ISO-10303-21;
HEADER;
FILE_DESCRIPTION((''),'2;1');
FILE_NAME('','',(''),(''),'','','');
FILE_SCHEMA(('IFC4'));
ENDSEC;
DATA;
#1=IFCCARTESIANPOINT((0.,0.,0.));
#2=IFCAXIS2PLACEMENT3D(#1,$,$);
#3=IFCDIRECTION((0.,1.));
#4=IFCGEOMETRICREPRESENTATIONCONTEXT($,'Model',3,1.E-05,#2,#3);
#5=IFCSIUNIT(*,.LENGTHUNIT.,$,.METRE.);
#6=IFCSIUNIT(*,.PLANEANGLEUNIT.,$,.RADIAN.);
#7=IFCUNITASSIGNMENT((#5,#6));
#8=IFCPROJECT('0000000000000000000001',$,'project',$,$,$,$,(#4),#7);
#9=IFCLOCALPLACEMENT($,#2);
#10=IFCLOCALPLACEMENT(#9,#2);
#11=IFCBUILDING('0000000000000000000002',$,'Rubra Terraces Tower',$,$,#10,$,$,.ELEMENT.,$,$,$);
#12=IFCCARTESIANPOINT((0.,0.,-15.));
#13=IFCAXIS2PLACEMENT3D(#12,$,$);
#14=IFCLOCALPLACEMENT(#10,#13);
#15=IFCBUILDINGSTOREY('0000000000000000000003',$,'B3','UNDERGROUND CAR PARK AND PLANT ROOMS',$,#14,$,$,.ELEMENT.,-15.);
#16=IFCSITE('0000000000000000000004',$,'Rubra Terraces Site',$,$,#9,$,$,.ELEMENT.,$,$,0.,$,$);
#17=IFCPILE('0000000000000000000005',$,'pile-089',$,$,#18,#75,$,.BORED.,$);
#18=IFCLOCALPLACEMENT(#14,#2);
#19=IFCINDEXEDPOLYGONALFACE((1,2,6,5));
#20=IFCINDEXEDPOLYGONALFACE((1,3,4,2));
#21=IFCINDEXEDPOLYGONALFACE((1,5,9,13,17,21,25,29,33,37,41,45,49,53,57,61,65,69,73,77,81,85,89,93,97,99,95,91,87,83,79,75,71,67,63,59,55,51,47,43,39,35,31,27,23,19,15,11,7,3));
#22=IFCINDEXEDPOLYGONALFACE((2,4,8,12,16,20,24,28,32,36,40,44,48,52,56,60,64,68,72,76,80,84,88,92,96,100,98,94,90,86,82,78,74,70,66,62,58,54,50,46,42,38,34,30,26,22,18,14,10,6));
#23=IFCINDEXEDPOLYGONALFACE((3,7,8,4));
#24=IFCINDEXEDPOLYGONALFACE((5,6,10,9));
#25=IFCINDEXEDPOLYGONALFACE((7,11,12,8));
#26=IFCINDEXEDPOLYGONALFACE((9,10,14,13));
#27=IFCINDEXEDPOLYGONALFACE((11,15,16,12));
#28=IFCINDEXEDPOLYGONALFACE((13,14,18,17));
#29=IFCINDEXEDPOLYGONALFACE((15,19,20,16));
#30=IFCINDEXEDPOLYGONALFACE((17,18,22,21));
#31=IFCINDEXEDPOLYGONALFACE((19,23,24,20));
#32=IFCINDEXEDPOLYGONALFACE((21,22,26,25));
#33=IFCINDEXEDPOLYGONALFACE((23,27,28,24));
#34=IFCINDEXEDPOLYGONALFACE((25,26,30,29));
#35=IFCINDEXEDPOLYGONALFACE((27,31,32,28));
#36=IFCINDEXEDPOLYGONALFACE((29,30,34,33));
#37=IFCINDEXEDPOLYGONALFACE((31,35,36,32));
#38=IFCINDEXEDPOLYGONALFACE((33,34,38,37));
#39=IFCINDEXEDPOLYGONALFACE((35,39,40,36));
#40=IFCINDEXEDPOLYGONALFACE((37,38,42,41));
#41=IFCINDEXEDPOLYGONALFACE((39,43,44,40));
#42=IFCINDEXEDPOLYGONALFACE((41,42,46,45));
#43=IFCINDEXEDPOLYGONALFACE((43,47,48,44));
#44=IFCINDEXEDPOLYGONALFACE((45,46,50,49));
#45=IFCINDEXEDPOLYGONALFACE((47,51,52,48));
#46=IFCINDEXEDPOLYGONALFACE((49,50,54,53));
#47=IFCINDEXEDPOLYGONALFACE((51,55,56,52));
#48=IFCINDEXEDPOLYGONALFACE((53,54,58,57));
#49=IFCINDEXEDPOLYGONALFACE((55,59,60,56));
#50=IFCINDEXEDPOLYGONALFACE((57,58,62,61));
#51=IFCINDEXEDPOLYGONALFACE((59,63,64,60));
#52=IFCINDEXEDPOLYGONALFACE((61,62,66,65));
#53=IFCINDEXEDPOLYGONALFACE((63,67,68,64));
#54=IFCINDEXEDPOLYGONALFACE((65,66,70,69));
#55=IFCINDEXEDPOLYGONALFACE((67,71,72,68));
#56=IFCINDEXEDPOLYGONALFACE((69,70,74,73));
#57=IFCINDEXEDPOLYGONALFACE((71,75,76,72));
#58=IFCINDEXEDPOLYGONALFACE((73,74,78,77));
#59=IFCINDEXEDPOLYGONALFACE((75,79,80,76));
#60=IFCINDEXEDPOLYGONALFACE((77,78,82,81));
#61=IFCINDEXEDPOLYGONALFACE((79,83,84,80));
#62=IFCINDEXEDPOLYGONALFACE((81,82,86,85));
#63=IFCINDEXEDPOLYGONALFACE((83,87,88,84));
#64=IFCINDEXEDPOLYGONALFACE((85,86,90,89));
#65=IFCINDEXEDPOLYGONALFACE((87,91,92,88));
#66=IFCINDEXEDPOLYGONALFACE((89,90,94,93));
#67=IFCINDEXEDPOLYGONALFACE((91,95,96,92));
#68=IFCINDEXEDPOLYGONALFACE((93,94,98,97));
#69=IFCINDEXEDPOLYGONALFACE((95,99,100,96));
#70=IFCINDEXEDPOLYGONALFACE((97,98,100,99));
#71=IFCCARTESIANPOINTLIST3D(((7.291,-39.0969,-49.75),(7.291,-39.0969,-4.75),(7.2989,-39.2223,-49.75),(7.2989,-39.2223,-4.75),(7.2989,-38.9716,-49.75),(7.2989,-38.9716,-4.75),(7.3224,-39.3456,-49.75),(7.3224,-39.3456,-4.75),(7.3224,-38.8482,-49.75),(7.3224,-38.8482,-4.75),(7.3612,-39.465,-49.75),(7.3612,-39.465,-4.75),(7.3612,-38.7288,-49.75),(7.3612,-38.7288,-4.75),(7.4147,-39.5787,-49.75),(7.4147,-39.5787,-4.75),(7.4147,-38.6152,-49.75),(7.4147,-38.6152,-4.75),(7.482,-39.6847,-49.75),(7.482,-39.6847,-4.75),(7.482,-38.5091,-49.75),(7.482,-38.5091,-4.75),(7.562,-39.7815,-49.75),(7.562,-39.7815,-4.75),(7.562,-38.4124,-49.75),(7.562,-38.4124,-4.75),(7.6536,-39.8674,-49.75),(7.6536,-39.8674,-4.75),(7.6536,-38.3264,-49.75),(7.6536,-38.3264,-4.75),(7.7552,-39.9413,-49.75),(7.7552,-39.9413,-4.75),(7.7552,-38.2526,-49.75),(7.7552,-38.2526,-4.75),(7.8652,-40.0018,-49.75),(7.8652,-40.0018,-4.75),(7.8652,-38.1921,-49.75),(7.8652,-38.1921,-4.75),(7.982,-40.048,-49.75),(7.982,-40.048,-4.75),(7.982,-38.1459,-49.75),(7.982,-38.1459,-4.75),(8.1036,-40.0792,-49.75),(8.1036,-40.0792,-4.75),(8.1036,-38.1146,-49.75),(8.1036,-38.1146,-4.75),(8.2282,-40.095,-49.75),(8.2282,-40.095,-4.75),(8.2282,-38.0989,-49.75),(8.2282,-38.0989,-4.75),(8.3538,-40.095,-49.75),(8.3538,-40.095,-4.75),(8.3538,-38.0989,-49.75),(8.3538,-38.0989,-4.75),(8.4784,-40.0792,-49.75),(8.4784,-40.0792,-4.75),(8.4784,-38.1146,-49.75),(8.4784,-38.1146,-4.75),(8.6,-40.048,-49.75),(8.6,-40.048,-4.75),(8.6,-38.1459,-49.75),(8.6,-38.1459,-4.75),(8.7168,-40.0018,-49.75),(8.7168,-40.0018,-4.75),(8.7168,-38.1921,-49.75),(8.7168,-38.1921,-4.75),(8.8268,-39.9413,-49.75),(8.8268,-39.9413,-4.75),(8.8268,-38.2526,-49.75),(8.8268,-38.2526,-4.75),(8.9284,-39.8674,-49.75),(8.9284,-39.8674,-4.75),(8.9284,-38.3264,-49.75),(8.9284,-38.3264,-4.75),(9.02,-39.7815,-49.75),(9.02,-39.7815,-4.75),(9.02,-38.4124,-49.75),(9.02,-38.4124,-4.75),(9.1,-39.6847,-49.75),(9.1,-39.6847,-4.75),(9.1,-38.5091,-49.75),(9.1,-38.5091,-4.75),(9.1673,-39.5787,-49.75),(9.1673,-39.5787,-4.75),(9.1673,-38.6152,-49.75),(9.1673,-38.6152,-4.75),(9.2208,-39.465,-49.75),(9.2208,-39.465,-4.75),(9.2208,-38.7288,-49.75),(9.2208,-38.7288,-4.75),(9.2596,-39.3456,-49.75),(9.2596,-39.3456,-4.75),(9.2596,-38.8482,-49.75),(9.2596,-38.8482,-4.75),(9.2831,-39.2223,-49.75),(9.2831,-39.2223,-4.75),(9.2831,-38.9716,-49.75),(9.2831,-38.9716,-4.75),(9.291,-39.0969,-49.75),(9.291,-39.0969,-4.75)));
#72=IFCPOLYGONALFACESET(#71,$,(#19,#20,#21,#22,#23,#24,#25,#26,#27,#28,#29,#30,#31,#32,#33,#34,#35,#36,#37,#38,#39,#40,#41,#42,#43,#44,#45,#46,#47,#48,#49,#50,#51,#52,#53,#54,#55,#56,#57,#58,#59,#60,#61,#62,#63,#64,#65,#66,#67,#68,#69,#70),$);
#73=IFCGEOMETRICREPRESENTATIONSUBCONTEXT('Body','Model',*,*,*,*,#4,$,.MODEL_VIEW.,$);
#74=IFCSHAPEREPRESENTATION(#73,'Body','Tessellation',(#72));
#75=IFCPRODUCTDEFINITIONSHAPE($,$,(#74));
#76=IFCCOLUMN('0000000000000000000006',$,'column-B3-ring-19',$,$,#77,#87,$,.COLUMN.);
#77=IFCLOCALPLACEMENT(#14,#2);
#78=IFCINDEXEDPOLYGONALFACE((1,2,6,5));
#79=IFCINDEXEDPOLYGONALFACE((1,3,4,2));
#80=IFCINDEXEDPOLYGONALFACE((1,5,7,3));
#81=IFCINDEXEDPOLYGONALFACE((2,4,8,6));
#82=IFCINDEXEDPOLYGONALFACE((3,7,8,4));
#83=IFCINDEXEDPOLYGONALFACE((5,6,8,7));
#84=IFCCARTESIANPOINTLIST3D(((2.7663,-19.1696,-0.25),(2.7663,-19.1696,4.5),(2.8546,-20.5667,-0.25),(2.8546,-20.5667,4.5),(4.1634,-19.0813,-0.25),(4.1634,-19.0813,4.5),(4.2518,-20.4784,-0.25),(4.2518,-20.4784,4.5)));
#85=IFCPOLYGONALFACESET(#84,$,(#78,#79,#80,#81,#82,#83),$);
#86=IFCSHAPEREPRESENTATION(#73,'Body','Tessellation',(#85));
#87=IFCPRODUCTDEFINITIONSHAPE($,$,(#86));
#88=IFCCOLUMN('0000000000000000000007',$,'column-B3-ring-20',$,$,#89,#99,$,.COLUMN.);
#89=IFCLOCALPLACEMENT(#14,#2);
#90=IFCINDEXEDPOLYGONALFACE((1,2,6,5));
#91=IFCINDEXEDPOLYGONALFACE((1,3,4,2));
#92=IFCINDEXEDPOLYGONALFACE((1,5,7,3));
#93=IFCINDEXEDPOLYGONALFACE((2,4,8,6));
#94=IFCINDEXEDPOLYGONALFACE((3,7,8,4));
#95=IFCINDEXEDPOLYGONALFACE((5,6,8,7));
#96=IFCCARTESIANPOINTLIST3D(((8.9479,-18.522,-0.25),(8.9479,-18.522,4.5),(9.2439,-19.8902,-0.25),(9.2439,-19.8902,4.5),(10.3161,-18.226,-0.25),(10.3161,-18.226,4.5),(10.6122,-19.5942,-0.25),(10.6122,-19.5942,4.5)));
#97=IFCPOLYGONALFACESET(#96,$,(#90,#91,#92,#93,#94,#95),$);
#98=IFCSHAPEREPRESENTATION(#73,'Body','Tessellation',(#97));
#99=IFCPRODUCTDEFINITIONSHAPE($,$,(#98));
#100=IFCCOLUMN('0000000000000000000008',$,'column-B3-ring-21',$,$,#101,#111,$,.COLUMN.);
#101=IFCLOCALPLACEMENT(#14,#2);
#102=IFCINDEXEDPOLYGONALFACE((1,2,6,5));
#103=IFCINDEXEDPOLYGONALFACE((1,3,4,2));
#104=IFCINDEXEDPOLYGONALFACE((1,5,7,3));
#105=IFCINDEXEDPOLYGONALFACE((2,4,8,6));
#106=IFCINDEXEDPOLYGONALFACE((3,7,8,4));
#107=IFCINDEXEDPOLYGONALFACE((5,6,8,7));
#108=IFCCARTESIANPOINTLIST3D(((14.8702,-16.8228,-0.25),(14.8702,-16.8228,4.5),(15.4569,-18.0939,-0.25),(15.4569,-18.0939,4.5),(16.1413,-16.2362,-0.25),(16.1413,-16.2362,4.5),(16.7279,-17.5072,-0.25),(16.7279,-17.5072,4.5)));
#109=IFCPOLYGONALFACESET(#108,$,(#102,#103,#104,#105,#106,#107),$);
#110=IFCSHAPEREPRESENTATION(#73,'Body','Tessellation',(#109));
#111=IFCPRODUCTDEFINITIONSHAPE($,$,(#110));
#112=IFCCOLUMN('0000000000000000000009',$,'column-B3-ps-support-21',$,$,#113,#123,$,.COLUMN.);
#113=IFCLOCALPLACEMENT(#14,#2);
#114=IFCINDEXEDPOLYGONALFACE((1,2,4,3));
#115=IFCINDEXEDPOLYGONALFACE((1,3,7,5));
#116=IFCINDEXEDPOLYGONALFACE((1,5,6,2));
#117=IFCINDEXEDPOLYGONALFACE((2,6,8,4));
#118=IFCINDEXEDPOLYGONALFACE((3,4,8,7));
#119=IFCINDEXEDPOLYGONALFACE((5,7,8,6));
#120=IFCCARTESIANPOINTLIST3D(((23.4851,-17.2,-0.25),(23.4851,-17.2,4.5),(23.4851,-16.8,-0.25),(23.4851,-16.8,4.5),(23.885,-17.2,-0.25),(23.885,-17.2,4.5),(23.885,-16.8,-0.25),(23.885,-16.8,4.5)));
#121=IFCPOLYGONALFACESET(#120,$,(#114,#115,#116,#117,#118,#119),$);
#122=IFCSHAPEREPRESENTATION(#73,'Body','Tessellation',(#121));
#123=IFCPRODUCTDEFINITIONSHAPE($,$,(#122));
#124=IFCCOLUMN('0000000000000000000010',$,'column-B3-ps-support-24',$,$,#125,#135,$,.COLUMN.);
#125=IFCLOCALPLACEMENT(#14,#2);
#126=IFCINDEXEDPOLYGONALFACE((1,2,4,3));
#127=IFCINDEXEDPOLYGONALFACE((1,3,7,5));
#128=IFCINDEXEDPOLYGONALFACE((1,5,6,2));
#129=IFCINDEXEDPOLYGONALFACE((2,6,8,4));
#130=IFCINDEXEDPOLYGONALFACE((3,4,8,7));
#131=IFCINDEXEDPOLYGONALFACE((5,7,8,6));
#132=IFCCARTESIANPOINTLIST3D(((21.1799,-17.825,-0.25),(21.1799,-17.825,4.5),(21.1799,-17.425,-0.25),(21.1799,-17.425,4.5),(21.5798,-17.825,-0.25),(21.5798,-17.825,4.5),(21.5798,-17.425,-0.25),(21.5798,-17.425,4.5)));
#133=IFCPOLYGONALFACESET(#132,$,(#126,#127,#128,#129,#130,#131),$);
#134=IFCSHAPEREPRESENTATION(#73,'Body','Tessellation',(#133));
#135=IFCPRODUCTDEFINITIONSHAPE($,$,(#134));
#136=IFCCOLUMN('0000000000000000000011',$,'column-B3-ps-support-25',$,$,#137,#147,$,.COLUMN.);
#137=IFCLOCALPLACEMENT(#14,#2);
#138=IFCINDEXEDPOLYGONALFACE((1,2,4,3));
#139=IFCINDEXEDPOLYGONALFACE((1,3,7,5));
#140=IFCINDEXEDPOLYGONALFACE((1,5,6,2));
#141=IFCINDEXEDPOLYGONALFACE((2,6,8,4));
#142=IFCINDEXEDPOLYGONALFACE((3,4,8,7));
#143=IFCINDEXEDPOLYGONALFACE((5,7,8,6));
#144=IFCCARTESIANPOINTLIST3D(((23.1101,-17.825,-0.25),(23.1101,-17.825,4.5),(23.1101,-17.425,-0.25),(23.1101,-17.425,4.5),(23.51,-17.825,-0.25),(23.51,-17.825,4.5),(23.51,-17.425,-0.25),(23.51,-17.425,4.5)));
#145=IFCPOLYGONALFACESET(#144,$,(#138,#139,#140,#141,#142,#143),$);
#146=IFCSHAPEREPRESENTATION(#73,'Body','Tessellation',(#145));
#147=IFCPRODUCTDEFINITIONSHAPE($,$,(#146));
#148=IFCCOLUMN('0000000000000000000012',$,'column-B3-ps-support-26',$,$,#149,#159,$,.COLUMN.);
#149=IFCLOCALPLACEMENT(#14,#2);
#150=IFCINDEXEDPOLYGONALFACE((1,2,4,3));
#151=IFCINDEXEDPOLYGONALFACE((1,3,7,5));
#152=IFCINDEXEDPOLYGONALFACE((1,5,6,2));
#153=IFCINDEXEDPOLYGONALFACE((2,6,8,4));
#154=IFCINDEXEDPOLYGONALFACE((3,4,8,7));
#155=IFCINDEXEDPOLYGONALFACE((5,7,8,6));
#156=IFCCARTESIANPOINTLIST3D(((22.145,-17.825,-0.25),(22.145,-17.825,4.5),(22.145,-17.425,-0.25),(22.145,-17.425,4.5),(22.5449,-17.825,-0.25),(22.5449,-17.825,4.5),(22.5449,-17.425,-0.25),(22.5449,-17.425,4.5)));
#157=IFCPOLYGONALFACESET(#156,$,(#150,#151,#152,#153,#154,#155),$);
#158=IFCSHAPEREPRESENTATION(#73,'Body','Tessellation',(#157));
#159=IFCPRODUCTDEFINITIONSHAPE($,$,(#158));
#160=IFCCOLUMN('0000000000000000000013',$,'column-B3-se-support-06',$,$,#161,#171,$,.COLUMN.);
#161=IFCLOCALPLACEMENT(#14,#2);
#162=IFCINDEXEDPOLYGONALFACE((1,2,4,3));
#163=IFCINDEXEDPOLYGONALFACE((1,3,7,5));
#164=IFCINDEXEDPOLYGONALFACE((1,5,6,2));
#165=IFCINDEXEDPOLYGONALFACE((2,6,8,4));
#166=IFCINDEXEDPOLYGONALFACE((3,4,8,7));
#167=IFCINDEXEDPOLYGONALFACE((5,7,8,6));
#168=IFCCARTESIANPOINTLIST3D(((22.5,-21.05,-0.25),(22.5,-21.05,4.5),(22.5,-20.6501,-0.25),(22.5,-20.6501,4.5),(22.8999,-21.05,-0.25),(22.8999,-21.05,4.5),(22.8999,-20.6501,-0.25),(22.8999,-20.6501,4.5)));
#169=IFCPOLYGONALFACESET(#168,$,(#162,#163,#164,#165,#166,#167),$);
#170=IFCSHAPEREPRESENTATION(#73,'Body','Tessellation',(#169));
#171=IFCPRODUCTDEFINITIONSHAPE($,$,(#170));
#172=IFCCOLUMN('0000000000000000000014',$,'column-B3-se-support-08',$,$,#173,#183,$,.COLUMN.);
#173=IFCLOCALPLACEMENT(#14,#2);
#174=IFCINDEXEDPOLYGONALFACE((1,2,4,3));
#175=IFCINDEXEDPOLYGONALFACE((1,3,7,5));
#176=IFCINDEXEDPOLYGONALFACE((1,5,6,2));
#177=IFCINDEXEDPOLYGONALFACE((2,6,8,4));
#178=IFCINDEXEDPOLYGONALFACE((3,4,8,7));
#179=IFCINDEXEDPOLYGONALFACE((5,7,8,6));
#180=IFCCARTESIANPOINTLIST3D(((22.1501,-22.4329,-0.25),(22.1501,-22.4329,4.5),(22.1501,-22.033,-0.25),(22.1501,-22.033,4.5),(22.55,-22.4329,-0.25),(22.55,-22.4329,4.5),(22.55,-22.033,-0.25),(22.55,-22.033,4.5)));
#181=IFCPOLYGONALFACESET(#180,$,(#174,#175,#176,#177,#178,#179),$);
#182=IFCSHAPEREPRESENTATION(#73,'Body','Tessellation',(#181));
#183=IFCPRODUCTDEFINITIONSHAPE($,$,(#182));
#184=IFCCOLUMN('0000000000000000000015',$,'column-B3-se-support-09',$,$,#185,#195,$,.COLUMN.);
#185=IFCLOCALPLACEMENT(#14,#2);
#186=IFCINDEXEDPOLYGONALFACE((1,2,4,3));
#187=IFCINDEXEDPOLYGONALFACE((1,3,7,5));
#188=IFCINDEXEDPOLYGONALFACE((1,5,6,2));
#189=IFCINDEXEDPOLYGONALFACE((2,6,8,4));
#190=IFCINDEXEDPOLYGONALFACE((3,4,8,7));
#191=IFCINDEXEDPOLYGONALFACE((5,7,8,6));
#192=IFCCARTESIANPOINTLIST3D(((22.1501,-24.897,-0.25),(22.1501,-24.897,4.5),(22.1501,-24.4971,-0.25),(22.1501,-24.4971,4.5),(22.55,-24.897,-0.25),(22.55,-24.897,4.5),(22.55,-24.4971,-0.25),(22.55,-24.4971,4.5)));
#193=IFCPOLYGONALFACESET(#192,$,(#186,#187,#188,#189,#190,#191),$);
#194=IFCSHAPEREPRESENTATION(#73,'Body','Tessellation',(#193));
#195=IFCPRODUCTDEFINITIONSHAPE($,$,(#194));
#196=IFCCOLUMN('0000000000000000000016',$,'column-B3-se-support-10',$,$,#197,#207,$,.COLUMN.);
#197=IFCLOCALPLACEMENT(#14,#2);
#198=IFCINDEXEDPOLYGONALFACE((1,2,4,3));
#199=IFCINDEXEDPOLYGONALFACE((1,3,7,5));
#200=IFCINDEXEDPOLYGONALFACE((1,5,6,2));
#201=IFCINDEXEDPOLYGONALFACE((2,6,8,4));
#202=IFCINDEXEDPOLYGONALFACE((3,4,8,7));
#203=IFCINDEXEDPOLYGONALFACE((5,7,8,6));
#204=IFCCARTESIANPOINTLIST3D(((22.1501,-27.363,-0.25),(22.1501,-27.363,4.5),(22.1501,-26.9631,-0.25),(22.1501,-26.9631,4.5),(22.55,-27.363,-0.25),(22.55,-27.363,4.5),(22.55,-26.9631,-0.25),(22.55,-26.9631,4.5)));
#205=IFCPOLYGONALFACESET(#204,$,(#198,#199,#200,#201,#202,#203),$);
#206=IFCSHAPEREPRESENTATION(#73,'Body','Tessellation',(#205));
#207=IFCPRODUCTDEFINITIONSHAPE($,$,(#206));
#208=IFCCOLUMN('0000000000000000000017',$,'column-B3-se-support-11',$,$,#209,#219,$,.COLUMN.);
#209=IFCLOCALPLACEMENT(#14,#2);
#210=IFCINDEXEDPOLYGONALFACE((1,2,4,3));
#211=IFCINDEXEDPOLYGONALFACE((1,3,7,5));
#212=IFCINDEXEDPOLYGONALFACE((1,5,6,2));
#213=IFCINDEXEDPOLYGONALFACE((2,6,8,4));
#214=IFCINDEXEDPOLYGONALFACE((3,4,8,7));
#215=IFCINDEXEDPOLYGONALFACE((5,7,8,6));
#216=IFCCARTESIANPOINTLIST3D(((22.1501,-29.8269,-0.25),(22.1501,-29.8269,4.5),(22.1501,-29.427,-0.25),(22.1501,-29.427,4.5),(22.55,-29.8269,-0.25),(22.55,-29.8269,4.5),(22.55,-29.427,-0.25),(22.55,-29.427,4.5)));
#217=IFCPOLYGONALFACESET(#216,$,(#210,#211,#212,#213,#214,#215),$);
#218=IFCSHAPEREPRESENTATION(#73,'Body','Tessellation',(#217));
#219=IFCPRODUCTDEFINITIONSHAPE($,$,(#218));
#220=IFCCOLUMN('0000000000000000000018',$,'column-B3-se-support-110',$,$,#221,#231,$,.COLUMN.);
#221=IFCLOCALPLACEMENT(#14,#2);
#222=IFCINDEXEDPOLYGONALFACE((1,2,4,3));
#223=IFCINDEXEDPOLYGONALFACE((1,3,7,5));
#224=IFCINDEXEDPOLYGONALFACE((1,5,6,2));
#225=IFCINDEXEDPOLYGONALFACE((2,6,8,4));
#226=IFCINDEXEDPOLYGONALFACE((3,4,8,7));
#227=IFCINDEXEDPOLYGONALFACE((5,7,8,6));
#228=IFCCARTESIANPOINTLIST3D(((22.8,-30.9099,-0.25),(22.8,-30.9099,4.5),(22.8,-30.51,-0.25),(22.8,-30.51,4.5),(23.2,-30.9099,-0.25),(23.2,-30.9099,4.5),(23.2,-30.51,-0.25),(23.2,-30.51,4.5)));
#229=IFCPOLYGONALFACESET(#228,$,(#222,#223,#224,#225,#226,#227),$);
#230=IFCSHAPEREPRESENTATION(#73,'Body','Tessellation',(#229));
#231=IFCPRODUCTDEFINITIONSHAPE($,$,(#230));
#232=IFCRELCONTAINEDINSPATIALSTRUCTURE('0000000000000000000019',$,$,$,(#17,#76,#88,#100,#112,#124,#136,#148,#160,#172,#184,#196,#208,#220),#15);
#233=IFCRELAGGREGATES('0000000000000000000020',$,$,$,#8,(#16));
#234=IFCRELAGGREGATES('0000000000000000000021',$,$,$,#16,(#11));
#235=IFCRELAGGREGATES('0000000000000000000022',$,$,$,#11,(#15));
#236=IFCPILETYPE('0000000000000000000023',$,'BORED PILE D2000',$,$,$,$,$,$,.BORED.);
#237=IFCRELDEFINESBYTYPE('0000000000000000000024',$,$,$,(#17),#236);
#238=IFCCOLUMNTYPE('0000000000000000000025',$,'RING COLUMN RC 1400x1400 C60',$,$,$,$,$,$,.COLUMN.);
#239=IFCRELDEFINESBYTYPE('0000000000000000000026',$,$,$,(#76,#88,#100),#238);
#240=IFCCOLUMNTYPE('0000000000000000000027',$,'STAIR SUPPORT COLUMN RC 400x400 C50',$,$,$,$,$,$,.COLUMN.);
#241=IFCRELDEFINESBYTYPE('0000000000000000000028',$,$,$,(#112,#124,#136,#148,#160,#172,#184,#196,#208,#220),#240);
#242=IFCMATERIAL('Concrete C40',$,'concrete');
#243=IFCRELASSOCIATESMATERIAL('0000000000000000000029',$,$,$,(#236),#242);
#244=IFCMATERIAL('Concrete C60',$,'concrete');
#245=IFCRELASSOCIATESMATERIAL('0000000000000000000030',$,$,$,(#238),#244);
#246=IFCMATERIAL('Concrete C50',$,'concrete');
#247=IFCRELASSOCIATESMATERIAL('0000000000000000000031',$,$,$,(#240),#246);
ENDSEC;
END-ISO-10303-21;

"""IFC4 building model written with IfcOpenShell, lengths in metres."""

from ifc_helpers import new_model, si_unit, direction, frame, origin, origin_2d, place, context, subcontext, project, spatial, rectangle, circle, extrude, material, material_profile, profile_set, type_object, element, save


model = new_model("IFC4")

# Units and contexts
model_context = context("Model", 3, precision=1e-05, world=origin(), true_north=direction((0.0, 1.0)))
body_context = subcontext(model_context, "Body", "Model", "MODEL_VIEW")
ifc_project = project(units=[si_unit("LENGTHUNIT", "METRE"), si_unit("PLANEANGLEUNIT", "RADIAN")], contexts=[model_context])

# Site, building, storey
site_placement = place(None, origin())
site = spatial("IfcSite", under=ifc_project, at=site_placement, Name="Rubra Terraces Site", CompositionType="ELEMENT", RefElevation=0.0)
building_placement = place(site_placement, origin())
building = spatial("IfcBuilding", under=site, at=building_placement, Name="Rubra Terraces Tower", CompositionType="ELEMENT")
storey_placement = place(building_placement, frame((0.0, 0.0, -15.0)))
storey = spatial("IfcBuildingStorey", under=building, at=storey_placement, Name="B3", Description="UNDERGROUND CAR PARK AND PLANT ROOMS", CompositionType="ELEMENT", Elevation=-15.0)

# Pile
ifc_material_1 = material(Name="Concrete C40", Category="concrete")
ifc_material_profile_1 = material_profile(ifc_material_1, circle(Radius=1.0, at=origin_2d()), Name="BORED PILE D2000")
ifc_profile_set_1 = profile_set([ifc_material_profile_1], Name="Concrete C40")
pile_type = type_object("IfcPileType", Name="BORED PILE D2000", PredefinedType="BORED", material=ifc_profile_set_1)
for number, where, z_axis, x_axis, name in (
    (1, (8.291, -39.0969, -4.75), (0.0, 0.0, -1.0), (1.0, 0.0, 0.0), "pile-089"),
):
    element("IfcPile", number, at=place(storey_placement, frame(where, z_axis=z_axis, x_axis=x_axis)), inside=storey, type_object=pile_type, Name=name, PredefinedType="BORED", context=body_context, shape_type="SweptSolid", body=[
        extrude(circle(Radius=1.0, at=origin_2d()), origin(), (0.0, 0.0, 1.0), 45.0),
    ])

# Columns
ifc_material_2 = material(Name="Concrete C60", Category="concrete")
ifc_material_profile_2 = material_profile(ifc_material_2, rectangle(XDim=1.3999, YDim=1.3999, at=origin_2d()), Name="RC 1400x1400")
ifc_profile_set_2 = profile_set([ifc_material_profile_2], Name="Concrete C60")
column_type_1 = type_object("IfcColumnType", Name="RING COLUMN RC 1400x1400 C60", PredefinedType="COLUMN", material=ifc_profile_set_2)
for number, where, z_axis, x_axis, name in (
    (2, (3.509, -19.824, -0.25), (0.0, 0.0, 1.0), (0.998008, 0.063094, 0.0), "column-B3-ring-19"),
    (3, (9.78, -19.0581, -0.25), (0.0, 0.0, 1.0), (0.977386, 0.211462, 0.0), "column-B3-ring-20"),
    (4, (15.7991, -17.165, -0.25), (0.0, 0.0, 1.0), (0.907952, 0.419073, 0.0), "column-B3-ring-21"),
):
    element("IfcColumn", number, at=place(storey_placement, frame(where, z_axis=z_axis, x_axis=x_axis)), inside=storey, type_object=column_type_1, Name=name, PredefinedType="COLUMN", context=body_context, shape_type="SweptSolid", body=[
        extrude(rectangle(XDim=1.3999, YDim=1.3999, at=origin_2d()), origin(), (0.0, 0.0, 1.0), 4.75),
    ])
ifc_material_3 = material(Name="Concrete C50", Category="concrete")
ifc_material_profile_3 = material_profile(ifc_material_3, rectangle(XDim=0.3999, YDim=0.3999, at=origin_2d()), Name="RC 400x400")
ifc_profile_set_3 = profile_set([ifc_material_profile_3], Name="Concrete C50")
column_type_2 = type_object("IfcColumnType", Name="STAIR SUPPORT COLUMN RC 400x400 C50", PredefinedType="COLUMN", material=ifc_profile_set_3)
for number, where, z_axis, x_axis, name in (
    (5, (23.6851, -17.0, -0.25), (0.0, 0.0, 1.0), (1.0, 0.0, 0.0), "column-B3-ps-support-21"),
    (6, (21.3799, -17.625, -0.25), (0.0, 0.0, 1.0), (1.0, 0.0, 0.0), "column-B3-ps-support-24"),
    (7, (23.3101, -17.625, -0.25), (0.0, 0.0, 1.0), (1.0, 0.0, 0.0), "column-B3-ps-support-25"),
    (8, (22.345, -17.625, -0.25), (0.0, 0.0, 1.0), (1.0, 0.0, 0.0), "column-B3-ps-support-26"),
    (9, (22.7, -20.8501, -0.25), (0.0, 0.0, 1.0), (1.0, 0.0, 0.0), "column-B3-se-support-06"),
    (10, (22.3501, -22.2329, -0.25), (0.0, 0.0, 1.0), (1.0, 0.0, 0.0), "column-B3-se-support-08"),
    (11, (22.3501, -24.697, -0.25), (0.0, 0.0, 1.0), (1.0, 0.0, 0.0), "column-B3-se-support-09"),
    (12, (22.3501, -27.1631, -0.25), (0.0, 0.0, 1.0), (1.0, 0.0, 0.0), "column-B3-se-support-10"),
    (13, (22.3501, -29.627, -0.25), (0.0, 0.0, 1.0), (1.0, 0.0, 0.0), "column-B3-se-support-11"),
    (14, (23.0, -30.71, -0.25), (0.0, 0.0, 1.0), (1.0, 0.0, 0.0), "column-B3-se-support-110"),
):
    element("IfcColumn", number, at=place(storey_placement, frame(where, z_axis=z_axis, x_axis=x_axis)), inside=storey, type_object=column_type_2, Name=name, PredefinedType="COLUMN", context=body_context, shape_type="SweptSolid", body=[
        extrude(rectangle(XDim=0.3999, YDim=0.3999, at=origin_2d()), origin(), (0.0, 0.0, 1.0), 4.75),
    ])

save(model, "model.ifc")
